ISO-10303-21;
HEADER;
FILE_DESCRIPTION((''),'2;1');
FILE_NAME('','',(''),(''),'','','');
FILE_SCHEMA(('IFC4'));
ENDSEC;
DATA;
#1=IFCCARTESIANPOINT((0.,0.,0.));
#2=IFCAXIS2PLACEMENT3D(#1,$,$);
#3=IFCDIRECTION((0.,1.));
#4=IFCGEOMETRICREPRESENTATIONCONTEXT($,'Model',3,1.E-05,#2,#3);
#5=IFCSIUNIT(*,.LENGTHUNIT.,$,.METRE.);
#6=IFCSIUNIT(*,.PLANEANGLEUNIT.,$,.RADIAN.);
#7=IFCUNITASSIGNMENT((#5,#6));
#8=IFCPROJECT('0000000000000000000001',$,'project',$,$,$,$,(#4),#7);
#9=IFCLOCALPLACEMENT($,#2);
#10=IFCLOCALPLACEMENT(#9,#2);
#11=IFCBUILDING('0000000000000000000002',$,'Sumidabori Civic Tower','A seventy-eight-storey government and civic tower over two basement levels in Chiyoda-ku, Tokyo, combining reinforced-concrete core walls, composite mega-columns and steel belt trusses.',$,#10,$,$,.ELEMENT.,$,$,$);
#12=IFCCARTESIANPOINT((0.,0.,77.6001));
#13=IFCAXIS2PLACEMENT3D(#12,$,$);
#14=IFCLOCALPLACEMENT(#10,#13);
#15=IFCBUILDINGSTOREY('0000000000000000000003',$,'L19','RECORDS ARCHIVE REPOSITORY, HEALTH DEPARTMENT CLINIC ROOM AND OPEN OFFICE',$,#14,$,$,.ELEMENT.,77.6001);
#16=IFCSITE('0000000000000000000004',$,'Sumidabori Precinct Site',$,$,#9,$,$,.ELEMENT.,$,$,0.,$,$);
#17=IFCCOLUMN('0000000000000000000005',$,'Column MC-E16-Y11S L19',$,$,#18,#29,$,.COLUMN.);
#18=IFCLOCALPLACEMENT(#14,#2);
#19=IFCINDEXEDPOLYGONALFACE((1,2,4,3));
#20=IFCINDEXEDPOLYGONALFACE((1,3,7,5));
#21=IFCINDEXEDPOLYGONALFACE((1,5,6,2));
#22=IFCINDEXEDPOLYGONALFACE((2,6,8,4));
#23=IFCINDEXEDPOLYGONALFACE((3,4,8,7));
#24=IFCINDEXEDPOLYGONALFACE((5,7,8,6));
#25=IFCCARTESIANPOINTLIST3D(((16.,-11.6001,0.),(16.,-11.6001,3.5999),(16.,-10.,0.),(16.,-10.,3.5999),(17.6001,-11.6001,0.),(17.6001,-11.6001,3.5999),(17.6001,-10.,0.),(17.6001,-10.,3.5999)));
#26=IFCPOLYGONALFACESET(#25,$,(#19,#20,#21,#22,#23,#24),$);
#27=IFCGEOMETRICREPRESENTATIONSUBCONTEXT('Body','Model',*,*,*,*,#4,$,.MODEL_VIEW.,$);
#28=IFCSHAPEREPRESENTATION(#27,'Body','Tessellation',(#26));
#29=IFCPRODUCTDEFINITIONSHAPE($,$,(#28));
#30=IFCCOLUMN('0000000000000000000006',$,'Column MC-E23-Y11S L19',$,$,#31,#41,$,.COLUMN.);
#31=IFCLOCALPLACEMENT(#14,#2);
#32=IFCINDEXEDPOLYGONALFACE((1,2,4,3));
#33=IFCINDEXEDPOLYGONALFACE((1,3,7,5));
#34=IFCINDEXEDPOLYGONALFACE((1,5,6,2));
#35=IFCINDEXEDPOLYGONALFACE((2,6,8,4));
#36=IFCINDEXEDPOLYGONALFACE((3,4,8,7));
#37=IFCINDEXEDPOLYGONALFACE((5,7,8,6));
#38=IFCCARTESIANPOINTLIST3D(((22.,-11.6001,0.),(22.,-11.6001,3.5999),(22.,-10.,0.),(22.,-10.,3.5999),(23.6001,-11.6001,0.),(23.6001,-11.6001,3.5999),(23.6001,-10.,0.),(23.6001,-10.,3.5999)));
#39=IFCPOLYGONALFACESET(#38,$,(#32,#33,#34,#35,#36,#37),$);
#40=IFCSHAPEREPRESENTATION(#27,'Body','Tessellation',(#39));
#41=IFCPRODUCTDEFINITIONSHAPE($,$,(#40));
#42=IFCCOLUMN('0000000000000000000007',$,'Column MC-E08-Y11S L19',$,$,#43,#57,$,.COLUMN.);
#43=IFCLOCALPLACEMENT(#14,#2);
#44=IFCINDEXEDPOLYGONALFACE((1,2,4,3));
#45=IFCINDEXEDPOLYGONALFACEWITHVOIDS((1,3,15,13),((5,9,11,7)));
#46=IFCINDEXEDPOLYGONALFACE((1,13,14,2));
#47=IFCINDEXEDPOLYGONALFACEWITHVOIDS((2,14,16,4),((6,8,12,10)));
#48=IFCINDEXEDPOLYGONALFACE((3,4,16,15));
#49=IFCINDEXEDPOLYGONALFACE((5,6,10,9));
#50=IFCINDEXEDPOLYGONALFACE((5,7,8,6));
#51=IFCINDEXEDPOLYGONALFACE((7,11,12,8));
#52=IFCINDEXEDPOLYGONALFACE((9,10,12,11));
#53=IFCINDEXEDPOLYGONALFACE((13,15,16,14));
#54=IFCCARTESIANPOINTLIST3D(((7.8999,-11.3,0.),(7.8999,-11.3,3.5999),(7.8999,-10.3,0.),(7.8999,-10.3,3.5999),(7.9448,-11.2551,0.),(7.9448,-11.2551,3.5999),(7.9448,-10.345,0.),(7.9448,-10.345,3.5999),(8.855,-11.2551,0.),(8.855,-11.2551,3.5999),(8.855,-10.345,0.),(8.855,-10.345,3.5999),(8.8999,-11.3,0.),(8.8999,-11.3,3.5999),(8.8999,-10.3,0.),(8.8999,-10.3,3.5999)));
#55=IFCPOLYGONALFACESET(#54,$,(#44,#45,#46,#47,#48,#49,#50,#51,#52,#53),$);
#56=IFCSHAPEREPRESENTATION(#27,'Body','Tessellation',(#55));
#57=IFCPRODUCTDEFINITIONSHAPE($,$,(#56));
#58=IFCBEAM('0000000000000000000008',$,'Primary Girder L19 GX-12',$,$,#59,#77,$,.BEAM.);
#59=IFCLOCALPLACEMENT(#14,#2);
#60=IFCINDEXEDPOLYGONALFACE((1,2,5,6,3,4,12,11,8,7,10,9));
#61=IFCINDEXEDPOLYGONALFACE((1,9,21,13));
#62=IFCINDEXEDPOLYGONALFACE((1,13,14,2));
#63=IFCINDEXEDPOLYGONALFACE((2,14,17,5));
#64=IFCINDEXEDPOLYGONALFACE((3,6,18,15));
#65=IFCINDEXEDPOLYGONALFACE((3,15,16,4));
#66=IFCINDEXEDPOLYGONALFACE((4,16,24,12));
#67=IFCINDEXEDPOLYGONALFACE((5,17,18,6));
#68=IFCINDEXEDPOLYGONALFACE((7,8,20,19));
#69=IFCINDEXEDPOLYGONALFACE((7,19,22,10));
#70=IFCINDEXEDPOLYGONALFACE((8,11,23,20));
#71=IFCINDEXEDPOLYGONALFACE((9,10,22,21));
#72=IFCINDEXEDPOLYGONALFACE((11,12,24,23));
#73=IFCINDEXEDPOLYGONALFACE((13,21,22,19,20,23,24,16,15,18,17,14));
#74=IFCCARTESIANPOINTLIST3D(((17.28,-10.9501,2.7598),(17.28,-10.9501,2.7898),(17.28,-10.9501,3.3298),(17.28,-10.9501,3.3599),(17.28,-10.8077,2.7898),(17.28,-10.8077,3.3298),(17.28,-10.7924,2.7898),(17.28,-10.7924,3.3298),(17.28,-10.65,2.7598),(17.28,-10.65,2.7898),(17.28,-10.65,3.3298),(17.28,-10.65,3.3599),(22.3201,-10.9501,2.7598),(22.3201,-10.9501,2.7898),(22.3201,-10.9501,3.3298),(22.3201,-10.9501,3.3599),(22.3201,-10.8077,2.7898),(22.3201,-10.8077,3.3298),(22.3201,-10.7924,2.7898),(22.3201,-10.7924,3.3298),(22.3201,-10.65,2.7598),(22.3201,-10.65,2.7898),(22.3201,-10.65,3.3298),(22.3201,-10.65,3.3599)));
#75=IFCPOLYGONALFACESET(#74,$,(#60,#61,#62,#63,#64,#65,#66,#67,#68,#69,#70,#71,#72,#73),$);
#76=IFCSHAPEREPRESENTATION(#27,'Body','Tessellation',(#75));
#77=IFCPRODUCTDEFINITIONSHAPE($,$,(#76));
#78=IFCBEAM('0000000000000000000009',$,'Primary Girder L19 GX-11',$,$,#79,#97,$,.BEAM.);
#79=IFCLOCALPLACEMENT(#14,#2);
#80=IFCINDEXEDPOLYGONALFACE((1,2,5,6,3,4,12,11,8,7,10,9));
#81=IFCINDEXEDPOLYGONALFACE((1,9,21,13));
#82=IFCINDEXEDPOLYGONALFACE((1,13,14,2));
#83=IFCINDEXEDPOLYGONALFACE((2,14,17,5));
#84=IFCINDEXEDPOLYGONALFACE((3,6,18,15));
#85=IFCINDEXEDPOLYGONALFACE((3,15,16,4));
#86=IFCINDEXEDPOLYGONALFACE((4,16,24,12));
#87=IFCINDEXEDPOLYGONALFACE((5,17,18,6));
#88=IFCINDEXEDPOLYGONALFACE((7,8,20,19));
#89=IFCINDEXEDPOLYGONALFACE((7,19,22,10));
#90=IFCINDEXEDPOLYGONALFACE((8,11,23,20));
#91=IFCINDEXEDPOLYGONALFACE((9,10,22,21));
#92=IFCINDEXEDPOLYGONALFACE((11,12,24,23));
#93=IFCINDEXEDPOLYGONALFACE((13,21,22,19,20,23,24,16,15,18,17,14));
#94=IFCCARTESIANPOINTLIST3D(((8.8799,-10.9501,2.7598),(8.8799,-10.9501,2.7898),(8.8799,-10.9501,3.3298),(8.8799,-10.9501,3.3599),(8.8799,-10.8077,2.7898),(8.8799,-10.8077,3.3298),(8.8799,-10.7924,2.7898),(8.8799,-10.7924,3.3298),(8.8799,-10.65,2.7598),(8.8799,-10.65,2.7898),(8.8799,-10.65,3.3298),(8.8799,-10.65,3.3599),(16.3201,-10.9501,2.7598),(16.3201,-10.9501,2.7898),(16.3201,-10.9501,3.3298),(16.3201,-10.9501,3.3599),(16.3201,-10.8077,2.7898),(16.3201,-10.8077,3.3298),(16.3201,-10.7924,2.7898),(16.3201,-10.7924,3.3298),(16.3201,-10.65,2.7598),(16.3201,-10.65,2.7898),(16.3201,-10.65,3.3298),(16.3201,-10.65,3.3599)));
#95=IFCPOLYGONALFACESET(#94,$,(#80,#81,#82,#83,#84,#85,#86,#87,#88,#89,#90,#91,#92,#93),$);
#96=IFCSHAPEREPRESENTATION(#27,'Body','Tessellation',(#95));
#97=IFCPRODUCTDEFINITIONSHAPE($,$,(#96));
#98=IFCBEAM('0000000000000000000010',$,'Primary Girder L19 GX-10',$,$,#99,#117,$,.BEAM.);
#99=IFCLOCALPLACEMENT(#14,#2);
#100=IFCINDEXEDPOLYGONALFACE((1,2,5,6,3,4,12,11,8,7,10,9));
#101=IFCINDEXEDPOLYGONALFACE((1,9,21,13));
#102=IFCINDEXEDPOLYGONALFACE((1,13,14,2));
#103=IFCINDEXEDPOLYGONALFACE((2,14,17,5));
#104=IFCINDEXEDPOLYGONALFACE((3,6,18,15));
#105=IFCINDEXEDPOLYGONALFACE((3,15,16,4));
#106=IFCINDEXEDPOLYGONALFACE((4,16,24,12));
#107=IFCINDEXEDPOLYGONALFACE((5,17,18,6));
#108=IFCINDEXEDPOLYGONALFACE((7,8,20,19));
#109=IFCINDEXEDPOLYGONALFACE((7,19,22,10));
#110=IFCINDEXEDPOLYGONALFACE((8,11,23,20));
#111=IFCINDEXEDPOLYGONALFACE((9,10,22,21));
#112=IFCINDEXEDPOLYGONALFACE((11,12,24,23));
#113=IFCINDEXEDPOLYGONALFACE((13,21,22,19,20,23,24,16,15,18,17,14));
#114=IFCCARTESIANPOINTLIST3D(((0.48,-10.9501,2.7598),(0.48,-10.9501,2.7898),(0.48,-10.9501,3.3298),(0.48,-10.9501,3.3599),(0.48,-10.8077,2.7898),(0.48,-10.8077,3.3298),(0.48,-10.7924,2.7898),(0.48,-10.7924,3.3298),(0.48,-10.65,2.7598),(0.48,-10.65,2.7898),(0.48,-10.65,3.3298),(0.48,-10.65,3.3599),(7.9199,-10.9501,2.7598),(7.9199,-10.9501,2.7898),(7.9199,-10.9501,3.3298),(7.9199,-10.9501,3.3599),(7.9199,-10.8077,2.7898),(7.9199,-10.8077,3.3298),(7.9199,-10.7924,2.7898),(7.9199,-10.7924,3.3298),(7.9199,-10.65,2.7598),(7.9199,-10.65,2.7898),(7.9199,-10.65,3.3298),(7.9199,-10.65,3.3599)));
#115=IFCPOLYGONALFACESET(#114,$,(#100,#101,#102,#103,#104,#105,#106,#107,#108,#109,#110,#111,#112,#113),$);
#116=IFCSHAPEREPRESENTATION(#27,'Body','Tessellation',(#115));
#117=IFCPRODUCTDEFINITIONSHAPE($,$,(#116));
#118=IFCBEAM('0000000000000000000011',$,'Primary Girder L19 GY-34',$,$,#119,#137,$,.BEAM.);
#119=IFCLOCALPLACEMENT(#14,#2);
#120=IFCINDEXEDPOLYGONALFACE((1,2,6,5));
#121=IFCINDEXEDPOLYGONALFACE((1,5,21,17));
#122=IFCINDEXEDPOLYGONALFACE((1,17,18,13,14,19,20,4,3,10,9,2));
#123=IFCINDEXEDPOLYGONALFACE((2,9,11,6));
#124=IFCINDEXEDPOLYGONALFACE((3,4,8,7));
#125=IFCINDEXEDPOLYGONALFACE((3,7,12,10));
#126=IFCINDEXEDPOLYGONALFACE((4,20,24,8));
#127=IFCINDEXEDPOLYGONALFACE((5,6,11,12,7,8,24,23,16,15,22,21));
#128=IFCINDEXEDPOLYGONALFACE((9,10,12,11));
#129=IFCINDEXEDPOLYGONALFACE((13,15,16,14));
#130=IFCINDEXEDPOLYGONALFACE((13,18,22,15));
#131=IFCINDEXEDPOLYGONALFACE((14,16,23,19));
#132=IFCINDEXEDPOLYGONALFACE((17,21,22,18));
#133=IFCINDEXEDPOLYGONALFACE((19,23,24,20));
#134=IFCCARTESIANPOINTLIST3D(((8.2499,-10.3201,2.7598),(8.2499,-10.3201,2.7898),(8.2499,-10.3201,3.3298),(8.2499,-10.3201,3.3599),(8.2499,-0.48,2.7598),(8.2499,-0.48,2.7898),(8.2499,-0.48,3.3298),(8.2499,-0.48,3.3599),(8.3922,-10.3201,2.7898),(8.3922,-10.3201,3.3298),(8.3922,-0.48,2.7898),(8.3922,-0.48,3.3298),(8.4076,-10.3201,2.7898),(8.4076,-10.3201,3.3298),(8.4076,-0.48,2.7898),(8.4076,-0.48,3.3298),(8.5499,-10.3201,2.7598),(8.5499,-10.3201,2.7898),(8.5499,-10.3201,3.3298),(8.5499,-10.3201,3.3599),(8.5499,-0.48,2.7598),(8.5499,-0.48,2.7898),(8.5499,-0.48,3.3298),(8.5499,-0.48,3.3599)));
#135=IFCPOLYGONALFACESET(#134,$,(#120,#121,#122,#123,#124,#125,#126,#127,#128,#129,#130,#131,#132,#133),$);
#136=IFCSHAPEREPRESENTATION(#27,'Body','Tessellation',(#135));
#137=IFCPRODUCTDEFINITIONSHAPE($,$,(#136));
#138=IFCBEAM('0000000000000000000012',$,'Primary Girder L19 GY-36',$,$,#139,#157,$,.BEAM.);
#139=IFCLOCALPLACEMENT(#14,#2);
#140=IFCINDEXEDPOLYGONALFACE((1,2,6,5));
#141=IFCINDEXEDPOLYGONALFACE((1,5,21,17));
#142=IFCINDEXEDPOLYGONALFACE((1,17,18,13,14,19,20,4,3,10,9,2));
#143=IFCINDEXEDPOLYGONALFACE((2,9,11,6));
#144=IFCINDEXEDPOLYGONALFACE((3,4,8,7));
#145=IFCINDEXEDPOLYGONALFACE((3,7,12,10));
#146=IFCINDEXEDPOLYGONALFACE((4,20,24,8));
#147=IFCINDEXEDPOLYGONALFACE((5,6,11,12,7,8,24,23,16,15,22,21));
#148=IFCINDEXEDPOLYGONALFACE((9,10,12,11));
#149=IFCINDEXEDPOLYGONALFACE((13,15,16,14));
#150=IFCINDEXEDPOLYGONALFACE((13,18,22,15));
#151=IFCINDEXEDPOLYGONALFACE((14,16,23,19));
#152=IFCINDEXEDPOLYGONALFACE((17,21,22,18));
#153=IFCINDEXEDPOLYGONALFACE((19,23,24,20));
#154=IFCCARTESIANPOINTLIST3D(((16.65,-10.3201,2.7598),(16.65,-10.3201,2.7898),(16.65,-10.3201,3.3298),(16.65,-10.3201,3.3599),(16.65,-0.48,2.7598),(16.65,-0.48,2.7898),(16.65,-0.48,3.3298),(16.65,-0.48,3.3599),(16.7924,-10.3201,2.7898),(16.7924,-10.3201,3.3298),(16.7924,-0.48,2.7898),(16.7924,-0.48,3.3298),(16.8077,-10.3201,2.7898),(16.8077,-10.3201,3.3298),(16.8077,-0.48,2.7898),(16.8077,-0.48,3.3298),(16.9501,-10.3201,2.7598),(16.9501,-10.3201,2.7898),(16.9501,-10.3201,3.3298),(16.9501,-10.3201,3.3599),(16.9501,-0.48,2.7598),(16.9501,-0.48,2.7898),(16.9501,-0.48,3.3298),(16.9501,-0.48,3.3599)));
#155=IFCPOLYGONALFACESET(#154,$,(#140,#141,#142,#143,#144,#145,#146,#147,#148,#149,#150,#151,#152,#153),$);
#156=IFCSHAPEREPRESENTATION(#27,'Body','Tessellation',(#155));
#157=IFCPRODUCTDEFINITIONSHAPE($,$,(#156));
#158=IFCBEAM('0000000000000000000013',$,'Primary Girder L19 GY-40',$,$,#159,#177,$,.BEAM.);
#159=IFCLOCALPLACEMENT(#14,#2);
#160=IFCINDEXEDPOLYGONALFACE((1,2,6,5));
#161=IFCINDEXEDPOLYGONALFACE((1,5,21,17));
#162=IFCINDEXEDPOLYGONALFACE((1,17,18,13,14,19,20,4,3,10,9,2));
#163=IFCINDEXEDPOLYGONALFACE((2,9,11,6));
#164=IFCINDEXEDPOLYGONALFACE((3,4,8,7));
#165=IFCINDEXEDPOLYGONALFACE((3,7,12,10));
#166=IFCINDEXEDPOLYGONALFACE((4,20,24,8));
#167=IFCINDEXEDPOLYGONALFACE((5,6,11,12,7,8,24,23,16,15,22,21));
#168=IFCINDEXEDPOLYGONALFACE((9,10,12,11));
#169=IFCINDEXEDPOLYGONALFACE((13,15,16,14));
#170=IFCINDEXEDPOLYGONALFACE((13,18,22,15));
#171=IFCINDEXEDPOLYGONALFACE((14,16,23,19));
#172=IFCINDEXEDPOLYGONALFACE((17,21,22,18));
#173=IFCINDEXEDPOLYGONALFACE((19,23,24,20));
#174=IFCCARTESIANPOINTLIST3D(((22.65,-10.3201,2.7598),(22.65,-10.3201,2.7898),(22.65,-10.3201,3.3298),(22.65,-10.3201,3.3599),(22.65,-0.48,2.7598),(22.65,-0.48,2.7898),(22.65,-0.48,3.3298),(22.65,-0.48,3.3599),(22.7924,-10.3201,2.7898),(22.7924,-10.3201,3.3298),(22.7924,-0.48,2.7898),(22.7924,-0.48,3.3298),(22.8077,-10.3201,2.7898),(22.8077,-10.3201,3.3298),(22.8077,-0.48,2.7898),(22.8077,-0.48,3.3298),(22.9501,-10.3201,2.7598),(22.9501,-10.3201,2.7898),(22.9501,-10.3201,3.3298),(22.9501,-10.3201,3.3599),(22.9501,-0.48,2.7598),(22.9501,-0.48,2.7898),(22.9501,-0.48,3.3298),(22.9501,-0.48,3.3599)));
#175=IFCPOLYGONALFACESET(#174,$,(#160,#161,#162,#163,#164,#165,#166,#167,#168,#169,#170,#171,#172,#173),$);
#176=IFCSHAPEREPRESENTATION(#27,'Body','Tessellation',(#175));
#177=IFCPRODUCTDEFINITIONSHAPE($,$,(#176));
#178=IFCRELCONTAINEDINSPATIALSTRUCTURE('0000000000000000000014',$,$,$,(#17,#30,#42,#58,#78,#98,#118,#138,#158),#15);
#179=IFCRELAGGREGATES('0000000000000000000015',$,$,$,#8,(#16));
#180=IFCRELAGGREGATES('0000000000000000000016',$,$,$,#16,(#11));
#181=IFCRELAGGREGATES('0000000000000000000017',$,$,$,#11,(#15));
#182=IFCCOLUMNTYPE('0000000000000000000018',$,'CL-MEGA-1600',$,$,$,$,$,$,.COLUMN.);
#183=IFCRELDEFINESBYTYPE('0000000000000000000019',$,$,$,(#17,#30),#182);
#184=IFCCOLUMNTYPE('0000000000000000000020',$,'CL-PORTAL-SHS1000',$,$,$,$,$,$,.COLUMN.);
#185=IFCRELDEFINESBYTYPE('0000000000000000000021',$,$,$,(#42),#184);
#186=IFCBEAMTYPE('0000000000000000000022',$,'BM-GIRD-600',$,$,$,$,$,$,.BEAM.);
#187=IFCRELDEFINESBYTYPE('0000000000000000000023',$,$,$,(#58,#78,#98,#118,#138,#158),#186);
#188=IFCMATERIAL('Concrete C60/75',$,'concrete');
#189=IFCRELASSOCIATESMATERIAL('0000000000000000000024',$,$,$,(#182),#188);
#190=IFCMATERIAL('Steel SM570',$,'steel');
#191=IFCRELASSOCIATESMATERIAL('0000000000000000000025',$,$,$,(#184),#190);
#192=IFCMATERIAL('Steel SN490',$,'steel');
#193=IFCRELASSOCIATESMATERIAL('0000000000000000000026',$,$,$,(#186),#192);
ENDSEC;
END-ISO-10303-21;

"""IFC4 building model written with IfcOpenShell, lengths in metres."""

from ifc_helpers import new_model, si_unit, direction, frame, origin, origin_2d, place, context, subcontext, project, spatial, rectangle, hollow_rectangle, i_section, extrude, source, transform, mapped, material, material_profile, profile_set, type_object, element, save


model = new_model("IFC4")

# Units and contexts
model_context = context("Model", 3, precision=1e-05, world=origin(), true_north=direction((0.0, 1.0)))
body_context = subcontext(model_context, "Body", "Model", "MODEL_VIEW")
ifc_project = project(units=[si_unit("LENGTHUNIT", "METRE"), si_unit("PLANEANGLEUNIT", "RADIAN")], contexts=[model_context])

# Site, building, storey
site_placement = place(None, origin())
site = spatial("IfcSite", under=ifc_project, at=site_placement, Name="Sumidabori Precinct Site", CompositionType="ELEMENT", RefElevation=0.0)
building_placement = place(site_placement, origin())
building = spatial("IfcBuilding", under=site, at=building_placement, Name="Sumidabori Civic Tower", Description="A seventy-eight-storey government and civic tower over two basement levels in Chiyoda-ku, Tokyo, combining reinforced-concrete core walls, composite mega-columns and steel belt trusses.", CompositionType="ELEMENT")
storey_placement = place(building_placement, frame((0.0, 0.0, 77.6001)))
storey = spatial("IfcBuildingStorey", under=building, at=storey_placement, Name="L19", Description="RECORDS ARCHIVE REPOSITORY, HEALTH DEPARTMENT CLINIC ROOM AND OPEN OFFICE", CompositionType="ELEMENT", Elevation=77.6001)

# Columns
ifc_material_1 = material(Name="Concrete C60/75", Category="concrete")
ifc_material_profile_1 = material_profile(ifc_material_1, rectangle(XDim=1.6001, YDim=1.6001, at=origin_2d()), Name="RC 1600x1600")
ifc_profile_set_1 = profile_set([ifc_material_profile_1], Name="Concrete C60/75")
column_type_1 = type_object("IfcColumnType", Name="CL-MEGA-1600", PredefinedType="COLUMN", material=ifc_profile_set_1)
shared_shape_1 = source(origin(), body_context, "Body", "SweptSolid", [
    extrude(rectangle(XDim=1.6001, YDim=1.6001, at=origin_2d()), origin(), (0.0, 0.0, 1.0), 3.5999),
])
for number, where, z_axis, x_axis, name in (
    (1, (16.8, -10.8, 0.0), (0.0, 0.0, 1.0), (1.0, 0.0, 0.0), "Column MC-E16-Y11S L19"),
    (2, (22.8, -10.8, 0.0), (0.0, 0.0, 1.0), (1.0, 0.0, 0.0), "Column MC-E23-Y11S L19"),
):
    element("IfcColumn", number, at=place(storey_placement, frame(where, z_axis=z_axis, x_axis=x_axis)), inside=storey, type_object=column_type_1, Name=name, PredefinedType="COLUMN", context=body_context, shape_type="MappedRepresentation", body=[
        mapped(shared_shape_1, transform((0.0, 0.0, 0.0), x_axis=(1.0, 0.0, 0.0), y_axis=(0.0, 1.0, 0.0), z_axis=(0.0, 0.0, 1.0), scale=1.0)),
    ])
ifc_material_2 = material(Name="Steel SM570", Category="steel")
ifc_material_profile_2 = material_profile(ifc_material_2, hollow_rectangle(XDim=1.0, YDim=1.0, WallThickness=0.0449, at=origin_2d()), Name="SHS 1000x1000x45")
ifc_profile_set_2 = profile_set([ifc_material_profile_2], Name="Steel SM570")
column_type_2 = type_object("IfcColumnType", Name="CL-PORTAL-SHS1000", PredefinedType="COLUMN", material=ifc_profile_set_2)
shared_shape_2 = source(origin(), body_context, "Body", "SweptSolid", [
    extrude(hollow_rectangle(XDim=1.0, YDim=1.0, WallThickness=0.0449, at=origin_2d()), origin(), (0.0, 0.0, 1.0), 3.5999),
])
column_placement = place(storey_placement, frame((8.3999, -10.8, 0.0), z_axis=(0.0, 0.0, 1.0), x_axis=(1.0, 0.0, 0.0)))
element("IfcColumn", 3, at=column_placement, inside=storey, type_object=column_type_2, Name="Column MC-E08-Y11S L19", PredefinedType="COLUMN", context=body_context, shape_type="MappedRepresentation", body=[
    mapped(shared_shape_2, transform((0.0, 0.0, 0.0), x_axis=(1.0, 0.0, 0.0), y_axis=(0.0, 1.0, 0.0), z_axis=(0.0, 0.0, 1.0), scale=1.0)),
])

# Beams
ifc_material_3 = material(Name="Steel SN490", Category="steel")
ifc_material_profile_3 = material_profile(ifc_material_3, i_section(OverallWidth=0.3, OverallDepth=0.6001, WebThickness=0.0154, FlangeThickness=0.03, at=origin_2d()), Name="HE 600 B")
ifc_profile_set_3 = profile_set([ifc_material_profile_3], Name="Steel SN490")
beam_type_1 = type_object("IfcBeamType", Name="BM-GIRD-600", PredefinedType="BEAM", material=ifc_profile_set_3)
shared_shape_3 = source(origin(), body_context, "Body", "SweptSolid", [
    extrude(i_section(OverallWidth=0.3, OverallDepth=0.6001, WebThickness=0.0154, FlangeThickness=0.03, at=origin_2d()), origin(), (0.0, 0.0, 1.0), 5.04),
])
beam_1_placement = place(storey_placement, frame((17.28, -10.8, 3.0598), z_axis=(1.0, 0.0, 0.0), x_axis=(0.0, 1.0, 0.0)))
element("IfcBeam", 4, at=beam_1_placement, inside=storey, type_object=beam_type_1, Name="Primary Girder L19 GX-12", PredefinedType="BEAM", context=body_context, shape_type="MappedRepresentation", body=[
    mapped(shared_shape_3, transform((0.0, 0.0, 0.0), x_axis=(1.0, 0.0, 0.0), y_axis=(0.0, 1.0, 0.0), z_axis=(0.0, 0.0, 1.0), scale=1.0)),
])
shared_shape_4 = source(origin(), body_context, "Body", "SweptSolid", [
    extrude(i_section(OverallWidth=0.3, OverallDepth=0.6001, WebThickness=0.0154, FlangeThickness=0.03, at=origin_2d()), origin(), (0.0, 0.0, 1.0), 7.4402),
])
beam_2_placement = place(storey_placement, frame((8.8799, -10.8, 3.0598), z_axis=(1.0, 0.0, 0.0), x_axis=(0.0, 1.0, 0.0)))
element("IfcBeam", 5, at=beam_2_placement, inside=storey, type_object=beam_type_1, Name="Primary Girder L19 GX-11", PredefinedType="BEAM", context=body_context, shape_type="MappedRepresentation", body=[
    mapped(shared_shape_4, transform((0.0, 0.0, 0.0), x_axis=(1.0, 0.0, 0.0), y_axis=(0.0, 1.0, 0.0), z_axis=(0.0, 0.0, 1.0), scale=1.0)),
])
shared_shape_5 = source(origin(), body_context, "Body", "SweptSolid", [
    extrude(i_section(OverallWidth=0.3, OverallDepth=0.6001, WebThickness=0.0154, FlangeThickness=0.03, at=origin_2d()), origin(), (0.0, 0.0, 1.0), 7.4399),
])
beam_3_placement = place(storey_placement, frame((0.48, -10.8, 3.0598), z_axis=(1.0, 0.0, 0.0), x_axis=(0.0, 1.0, 0.0)))
element("IfcBeam", 6, at=beam_3_placement, inside=storey, type_object=beam_type_1, Name="Primary Girder L19 GX-10", PredefinedType="BEAM", context=body_context, shape_type="MappedRepresentation", body=[
    mapped(shared_shape_5, transform((0.0, 0.0, 0.0), x_axis=(1.0, 0.0, 0.0), y_axis=(0.0, 1.0, 0.0), z_axis=(0.0, 0.0, 1.0), scale=1.0)),
])
shared_shape_6 = source(origin(), body_context, "Body", "SweptSolid", [
    extrude(i_section(OverallWidth=0.3, OverallDepth=0.6001, WebThickness=0.0154, FlangeThickness=0.03, at=origin_2d()), origin(), (0.0, 0.0, 1.0), 9.8401),
])
for number, where, z_axis, x_axis, name in (
    (7, (8.3999, -10.3201, 3.0598), (0.0, 1.0, 0.0), (-1.0, 0.0, 0.0), "Primary Girder L19 GY-34"),
    (8, (16.8, -10.3201, 3.0598), (0.0, 1.0, 0.0), (-1.0, 0.0, 0.0), "Primary Girder L19 GY-36"),
    (9, (22.8, -10.3201, 3.0598), (0.0, 1.0, 0.0), (-1.0, 0.0, 0.0), "Primary Girder L19 GY-40"),
):
    element("IfcBeam", number, at=place(storey_placement, frame(where, z_axis=z_axis, x_axis=x_axis)), inside=storey, type_object=beam_type_1, Name=name, PredefinedType="BEAM", context=body_context, shape_type="MappedRepresentation", body=[
        mapped(shared_shape_6, transform((0.0, 0.0, 0.0), x_axis=(1.0, 0.0, 0.0), y_axis=(0.0, 1.0, 0.0), z_axis=(0.0, 0.0, 1.0), scale=1.0)),
    ])

save(model, "model.ifc")
